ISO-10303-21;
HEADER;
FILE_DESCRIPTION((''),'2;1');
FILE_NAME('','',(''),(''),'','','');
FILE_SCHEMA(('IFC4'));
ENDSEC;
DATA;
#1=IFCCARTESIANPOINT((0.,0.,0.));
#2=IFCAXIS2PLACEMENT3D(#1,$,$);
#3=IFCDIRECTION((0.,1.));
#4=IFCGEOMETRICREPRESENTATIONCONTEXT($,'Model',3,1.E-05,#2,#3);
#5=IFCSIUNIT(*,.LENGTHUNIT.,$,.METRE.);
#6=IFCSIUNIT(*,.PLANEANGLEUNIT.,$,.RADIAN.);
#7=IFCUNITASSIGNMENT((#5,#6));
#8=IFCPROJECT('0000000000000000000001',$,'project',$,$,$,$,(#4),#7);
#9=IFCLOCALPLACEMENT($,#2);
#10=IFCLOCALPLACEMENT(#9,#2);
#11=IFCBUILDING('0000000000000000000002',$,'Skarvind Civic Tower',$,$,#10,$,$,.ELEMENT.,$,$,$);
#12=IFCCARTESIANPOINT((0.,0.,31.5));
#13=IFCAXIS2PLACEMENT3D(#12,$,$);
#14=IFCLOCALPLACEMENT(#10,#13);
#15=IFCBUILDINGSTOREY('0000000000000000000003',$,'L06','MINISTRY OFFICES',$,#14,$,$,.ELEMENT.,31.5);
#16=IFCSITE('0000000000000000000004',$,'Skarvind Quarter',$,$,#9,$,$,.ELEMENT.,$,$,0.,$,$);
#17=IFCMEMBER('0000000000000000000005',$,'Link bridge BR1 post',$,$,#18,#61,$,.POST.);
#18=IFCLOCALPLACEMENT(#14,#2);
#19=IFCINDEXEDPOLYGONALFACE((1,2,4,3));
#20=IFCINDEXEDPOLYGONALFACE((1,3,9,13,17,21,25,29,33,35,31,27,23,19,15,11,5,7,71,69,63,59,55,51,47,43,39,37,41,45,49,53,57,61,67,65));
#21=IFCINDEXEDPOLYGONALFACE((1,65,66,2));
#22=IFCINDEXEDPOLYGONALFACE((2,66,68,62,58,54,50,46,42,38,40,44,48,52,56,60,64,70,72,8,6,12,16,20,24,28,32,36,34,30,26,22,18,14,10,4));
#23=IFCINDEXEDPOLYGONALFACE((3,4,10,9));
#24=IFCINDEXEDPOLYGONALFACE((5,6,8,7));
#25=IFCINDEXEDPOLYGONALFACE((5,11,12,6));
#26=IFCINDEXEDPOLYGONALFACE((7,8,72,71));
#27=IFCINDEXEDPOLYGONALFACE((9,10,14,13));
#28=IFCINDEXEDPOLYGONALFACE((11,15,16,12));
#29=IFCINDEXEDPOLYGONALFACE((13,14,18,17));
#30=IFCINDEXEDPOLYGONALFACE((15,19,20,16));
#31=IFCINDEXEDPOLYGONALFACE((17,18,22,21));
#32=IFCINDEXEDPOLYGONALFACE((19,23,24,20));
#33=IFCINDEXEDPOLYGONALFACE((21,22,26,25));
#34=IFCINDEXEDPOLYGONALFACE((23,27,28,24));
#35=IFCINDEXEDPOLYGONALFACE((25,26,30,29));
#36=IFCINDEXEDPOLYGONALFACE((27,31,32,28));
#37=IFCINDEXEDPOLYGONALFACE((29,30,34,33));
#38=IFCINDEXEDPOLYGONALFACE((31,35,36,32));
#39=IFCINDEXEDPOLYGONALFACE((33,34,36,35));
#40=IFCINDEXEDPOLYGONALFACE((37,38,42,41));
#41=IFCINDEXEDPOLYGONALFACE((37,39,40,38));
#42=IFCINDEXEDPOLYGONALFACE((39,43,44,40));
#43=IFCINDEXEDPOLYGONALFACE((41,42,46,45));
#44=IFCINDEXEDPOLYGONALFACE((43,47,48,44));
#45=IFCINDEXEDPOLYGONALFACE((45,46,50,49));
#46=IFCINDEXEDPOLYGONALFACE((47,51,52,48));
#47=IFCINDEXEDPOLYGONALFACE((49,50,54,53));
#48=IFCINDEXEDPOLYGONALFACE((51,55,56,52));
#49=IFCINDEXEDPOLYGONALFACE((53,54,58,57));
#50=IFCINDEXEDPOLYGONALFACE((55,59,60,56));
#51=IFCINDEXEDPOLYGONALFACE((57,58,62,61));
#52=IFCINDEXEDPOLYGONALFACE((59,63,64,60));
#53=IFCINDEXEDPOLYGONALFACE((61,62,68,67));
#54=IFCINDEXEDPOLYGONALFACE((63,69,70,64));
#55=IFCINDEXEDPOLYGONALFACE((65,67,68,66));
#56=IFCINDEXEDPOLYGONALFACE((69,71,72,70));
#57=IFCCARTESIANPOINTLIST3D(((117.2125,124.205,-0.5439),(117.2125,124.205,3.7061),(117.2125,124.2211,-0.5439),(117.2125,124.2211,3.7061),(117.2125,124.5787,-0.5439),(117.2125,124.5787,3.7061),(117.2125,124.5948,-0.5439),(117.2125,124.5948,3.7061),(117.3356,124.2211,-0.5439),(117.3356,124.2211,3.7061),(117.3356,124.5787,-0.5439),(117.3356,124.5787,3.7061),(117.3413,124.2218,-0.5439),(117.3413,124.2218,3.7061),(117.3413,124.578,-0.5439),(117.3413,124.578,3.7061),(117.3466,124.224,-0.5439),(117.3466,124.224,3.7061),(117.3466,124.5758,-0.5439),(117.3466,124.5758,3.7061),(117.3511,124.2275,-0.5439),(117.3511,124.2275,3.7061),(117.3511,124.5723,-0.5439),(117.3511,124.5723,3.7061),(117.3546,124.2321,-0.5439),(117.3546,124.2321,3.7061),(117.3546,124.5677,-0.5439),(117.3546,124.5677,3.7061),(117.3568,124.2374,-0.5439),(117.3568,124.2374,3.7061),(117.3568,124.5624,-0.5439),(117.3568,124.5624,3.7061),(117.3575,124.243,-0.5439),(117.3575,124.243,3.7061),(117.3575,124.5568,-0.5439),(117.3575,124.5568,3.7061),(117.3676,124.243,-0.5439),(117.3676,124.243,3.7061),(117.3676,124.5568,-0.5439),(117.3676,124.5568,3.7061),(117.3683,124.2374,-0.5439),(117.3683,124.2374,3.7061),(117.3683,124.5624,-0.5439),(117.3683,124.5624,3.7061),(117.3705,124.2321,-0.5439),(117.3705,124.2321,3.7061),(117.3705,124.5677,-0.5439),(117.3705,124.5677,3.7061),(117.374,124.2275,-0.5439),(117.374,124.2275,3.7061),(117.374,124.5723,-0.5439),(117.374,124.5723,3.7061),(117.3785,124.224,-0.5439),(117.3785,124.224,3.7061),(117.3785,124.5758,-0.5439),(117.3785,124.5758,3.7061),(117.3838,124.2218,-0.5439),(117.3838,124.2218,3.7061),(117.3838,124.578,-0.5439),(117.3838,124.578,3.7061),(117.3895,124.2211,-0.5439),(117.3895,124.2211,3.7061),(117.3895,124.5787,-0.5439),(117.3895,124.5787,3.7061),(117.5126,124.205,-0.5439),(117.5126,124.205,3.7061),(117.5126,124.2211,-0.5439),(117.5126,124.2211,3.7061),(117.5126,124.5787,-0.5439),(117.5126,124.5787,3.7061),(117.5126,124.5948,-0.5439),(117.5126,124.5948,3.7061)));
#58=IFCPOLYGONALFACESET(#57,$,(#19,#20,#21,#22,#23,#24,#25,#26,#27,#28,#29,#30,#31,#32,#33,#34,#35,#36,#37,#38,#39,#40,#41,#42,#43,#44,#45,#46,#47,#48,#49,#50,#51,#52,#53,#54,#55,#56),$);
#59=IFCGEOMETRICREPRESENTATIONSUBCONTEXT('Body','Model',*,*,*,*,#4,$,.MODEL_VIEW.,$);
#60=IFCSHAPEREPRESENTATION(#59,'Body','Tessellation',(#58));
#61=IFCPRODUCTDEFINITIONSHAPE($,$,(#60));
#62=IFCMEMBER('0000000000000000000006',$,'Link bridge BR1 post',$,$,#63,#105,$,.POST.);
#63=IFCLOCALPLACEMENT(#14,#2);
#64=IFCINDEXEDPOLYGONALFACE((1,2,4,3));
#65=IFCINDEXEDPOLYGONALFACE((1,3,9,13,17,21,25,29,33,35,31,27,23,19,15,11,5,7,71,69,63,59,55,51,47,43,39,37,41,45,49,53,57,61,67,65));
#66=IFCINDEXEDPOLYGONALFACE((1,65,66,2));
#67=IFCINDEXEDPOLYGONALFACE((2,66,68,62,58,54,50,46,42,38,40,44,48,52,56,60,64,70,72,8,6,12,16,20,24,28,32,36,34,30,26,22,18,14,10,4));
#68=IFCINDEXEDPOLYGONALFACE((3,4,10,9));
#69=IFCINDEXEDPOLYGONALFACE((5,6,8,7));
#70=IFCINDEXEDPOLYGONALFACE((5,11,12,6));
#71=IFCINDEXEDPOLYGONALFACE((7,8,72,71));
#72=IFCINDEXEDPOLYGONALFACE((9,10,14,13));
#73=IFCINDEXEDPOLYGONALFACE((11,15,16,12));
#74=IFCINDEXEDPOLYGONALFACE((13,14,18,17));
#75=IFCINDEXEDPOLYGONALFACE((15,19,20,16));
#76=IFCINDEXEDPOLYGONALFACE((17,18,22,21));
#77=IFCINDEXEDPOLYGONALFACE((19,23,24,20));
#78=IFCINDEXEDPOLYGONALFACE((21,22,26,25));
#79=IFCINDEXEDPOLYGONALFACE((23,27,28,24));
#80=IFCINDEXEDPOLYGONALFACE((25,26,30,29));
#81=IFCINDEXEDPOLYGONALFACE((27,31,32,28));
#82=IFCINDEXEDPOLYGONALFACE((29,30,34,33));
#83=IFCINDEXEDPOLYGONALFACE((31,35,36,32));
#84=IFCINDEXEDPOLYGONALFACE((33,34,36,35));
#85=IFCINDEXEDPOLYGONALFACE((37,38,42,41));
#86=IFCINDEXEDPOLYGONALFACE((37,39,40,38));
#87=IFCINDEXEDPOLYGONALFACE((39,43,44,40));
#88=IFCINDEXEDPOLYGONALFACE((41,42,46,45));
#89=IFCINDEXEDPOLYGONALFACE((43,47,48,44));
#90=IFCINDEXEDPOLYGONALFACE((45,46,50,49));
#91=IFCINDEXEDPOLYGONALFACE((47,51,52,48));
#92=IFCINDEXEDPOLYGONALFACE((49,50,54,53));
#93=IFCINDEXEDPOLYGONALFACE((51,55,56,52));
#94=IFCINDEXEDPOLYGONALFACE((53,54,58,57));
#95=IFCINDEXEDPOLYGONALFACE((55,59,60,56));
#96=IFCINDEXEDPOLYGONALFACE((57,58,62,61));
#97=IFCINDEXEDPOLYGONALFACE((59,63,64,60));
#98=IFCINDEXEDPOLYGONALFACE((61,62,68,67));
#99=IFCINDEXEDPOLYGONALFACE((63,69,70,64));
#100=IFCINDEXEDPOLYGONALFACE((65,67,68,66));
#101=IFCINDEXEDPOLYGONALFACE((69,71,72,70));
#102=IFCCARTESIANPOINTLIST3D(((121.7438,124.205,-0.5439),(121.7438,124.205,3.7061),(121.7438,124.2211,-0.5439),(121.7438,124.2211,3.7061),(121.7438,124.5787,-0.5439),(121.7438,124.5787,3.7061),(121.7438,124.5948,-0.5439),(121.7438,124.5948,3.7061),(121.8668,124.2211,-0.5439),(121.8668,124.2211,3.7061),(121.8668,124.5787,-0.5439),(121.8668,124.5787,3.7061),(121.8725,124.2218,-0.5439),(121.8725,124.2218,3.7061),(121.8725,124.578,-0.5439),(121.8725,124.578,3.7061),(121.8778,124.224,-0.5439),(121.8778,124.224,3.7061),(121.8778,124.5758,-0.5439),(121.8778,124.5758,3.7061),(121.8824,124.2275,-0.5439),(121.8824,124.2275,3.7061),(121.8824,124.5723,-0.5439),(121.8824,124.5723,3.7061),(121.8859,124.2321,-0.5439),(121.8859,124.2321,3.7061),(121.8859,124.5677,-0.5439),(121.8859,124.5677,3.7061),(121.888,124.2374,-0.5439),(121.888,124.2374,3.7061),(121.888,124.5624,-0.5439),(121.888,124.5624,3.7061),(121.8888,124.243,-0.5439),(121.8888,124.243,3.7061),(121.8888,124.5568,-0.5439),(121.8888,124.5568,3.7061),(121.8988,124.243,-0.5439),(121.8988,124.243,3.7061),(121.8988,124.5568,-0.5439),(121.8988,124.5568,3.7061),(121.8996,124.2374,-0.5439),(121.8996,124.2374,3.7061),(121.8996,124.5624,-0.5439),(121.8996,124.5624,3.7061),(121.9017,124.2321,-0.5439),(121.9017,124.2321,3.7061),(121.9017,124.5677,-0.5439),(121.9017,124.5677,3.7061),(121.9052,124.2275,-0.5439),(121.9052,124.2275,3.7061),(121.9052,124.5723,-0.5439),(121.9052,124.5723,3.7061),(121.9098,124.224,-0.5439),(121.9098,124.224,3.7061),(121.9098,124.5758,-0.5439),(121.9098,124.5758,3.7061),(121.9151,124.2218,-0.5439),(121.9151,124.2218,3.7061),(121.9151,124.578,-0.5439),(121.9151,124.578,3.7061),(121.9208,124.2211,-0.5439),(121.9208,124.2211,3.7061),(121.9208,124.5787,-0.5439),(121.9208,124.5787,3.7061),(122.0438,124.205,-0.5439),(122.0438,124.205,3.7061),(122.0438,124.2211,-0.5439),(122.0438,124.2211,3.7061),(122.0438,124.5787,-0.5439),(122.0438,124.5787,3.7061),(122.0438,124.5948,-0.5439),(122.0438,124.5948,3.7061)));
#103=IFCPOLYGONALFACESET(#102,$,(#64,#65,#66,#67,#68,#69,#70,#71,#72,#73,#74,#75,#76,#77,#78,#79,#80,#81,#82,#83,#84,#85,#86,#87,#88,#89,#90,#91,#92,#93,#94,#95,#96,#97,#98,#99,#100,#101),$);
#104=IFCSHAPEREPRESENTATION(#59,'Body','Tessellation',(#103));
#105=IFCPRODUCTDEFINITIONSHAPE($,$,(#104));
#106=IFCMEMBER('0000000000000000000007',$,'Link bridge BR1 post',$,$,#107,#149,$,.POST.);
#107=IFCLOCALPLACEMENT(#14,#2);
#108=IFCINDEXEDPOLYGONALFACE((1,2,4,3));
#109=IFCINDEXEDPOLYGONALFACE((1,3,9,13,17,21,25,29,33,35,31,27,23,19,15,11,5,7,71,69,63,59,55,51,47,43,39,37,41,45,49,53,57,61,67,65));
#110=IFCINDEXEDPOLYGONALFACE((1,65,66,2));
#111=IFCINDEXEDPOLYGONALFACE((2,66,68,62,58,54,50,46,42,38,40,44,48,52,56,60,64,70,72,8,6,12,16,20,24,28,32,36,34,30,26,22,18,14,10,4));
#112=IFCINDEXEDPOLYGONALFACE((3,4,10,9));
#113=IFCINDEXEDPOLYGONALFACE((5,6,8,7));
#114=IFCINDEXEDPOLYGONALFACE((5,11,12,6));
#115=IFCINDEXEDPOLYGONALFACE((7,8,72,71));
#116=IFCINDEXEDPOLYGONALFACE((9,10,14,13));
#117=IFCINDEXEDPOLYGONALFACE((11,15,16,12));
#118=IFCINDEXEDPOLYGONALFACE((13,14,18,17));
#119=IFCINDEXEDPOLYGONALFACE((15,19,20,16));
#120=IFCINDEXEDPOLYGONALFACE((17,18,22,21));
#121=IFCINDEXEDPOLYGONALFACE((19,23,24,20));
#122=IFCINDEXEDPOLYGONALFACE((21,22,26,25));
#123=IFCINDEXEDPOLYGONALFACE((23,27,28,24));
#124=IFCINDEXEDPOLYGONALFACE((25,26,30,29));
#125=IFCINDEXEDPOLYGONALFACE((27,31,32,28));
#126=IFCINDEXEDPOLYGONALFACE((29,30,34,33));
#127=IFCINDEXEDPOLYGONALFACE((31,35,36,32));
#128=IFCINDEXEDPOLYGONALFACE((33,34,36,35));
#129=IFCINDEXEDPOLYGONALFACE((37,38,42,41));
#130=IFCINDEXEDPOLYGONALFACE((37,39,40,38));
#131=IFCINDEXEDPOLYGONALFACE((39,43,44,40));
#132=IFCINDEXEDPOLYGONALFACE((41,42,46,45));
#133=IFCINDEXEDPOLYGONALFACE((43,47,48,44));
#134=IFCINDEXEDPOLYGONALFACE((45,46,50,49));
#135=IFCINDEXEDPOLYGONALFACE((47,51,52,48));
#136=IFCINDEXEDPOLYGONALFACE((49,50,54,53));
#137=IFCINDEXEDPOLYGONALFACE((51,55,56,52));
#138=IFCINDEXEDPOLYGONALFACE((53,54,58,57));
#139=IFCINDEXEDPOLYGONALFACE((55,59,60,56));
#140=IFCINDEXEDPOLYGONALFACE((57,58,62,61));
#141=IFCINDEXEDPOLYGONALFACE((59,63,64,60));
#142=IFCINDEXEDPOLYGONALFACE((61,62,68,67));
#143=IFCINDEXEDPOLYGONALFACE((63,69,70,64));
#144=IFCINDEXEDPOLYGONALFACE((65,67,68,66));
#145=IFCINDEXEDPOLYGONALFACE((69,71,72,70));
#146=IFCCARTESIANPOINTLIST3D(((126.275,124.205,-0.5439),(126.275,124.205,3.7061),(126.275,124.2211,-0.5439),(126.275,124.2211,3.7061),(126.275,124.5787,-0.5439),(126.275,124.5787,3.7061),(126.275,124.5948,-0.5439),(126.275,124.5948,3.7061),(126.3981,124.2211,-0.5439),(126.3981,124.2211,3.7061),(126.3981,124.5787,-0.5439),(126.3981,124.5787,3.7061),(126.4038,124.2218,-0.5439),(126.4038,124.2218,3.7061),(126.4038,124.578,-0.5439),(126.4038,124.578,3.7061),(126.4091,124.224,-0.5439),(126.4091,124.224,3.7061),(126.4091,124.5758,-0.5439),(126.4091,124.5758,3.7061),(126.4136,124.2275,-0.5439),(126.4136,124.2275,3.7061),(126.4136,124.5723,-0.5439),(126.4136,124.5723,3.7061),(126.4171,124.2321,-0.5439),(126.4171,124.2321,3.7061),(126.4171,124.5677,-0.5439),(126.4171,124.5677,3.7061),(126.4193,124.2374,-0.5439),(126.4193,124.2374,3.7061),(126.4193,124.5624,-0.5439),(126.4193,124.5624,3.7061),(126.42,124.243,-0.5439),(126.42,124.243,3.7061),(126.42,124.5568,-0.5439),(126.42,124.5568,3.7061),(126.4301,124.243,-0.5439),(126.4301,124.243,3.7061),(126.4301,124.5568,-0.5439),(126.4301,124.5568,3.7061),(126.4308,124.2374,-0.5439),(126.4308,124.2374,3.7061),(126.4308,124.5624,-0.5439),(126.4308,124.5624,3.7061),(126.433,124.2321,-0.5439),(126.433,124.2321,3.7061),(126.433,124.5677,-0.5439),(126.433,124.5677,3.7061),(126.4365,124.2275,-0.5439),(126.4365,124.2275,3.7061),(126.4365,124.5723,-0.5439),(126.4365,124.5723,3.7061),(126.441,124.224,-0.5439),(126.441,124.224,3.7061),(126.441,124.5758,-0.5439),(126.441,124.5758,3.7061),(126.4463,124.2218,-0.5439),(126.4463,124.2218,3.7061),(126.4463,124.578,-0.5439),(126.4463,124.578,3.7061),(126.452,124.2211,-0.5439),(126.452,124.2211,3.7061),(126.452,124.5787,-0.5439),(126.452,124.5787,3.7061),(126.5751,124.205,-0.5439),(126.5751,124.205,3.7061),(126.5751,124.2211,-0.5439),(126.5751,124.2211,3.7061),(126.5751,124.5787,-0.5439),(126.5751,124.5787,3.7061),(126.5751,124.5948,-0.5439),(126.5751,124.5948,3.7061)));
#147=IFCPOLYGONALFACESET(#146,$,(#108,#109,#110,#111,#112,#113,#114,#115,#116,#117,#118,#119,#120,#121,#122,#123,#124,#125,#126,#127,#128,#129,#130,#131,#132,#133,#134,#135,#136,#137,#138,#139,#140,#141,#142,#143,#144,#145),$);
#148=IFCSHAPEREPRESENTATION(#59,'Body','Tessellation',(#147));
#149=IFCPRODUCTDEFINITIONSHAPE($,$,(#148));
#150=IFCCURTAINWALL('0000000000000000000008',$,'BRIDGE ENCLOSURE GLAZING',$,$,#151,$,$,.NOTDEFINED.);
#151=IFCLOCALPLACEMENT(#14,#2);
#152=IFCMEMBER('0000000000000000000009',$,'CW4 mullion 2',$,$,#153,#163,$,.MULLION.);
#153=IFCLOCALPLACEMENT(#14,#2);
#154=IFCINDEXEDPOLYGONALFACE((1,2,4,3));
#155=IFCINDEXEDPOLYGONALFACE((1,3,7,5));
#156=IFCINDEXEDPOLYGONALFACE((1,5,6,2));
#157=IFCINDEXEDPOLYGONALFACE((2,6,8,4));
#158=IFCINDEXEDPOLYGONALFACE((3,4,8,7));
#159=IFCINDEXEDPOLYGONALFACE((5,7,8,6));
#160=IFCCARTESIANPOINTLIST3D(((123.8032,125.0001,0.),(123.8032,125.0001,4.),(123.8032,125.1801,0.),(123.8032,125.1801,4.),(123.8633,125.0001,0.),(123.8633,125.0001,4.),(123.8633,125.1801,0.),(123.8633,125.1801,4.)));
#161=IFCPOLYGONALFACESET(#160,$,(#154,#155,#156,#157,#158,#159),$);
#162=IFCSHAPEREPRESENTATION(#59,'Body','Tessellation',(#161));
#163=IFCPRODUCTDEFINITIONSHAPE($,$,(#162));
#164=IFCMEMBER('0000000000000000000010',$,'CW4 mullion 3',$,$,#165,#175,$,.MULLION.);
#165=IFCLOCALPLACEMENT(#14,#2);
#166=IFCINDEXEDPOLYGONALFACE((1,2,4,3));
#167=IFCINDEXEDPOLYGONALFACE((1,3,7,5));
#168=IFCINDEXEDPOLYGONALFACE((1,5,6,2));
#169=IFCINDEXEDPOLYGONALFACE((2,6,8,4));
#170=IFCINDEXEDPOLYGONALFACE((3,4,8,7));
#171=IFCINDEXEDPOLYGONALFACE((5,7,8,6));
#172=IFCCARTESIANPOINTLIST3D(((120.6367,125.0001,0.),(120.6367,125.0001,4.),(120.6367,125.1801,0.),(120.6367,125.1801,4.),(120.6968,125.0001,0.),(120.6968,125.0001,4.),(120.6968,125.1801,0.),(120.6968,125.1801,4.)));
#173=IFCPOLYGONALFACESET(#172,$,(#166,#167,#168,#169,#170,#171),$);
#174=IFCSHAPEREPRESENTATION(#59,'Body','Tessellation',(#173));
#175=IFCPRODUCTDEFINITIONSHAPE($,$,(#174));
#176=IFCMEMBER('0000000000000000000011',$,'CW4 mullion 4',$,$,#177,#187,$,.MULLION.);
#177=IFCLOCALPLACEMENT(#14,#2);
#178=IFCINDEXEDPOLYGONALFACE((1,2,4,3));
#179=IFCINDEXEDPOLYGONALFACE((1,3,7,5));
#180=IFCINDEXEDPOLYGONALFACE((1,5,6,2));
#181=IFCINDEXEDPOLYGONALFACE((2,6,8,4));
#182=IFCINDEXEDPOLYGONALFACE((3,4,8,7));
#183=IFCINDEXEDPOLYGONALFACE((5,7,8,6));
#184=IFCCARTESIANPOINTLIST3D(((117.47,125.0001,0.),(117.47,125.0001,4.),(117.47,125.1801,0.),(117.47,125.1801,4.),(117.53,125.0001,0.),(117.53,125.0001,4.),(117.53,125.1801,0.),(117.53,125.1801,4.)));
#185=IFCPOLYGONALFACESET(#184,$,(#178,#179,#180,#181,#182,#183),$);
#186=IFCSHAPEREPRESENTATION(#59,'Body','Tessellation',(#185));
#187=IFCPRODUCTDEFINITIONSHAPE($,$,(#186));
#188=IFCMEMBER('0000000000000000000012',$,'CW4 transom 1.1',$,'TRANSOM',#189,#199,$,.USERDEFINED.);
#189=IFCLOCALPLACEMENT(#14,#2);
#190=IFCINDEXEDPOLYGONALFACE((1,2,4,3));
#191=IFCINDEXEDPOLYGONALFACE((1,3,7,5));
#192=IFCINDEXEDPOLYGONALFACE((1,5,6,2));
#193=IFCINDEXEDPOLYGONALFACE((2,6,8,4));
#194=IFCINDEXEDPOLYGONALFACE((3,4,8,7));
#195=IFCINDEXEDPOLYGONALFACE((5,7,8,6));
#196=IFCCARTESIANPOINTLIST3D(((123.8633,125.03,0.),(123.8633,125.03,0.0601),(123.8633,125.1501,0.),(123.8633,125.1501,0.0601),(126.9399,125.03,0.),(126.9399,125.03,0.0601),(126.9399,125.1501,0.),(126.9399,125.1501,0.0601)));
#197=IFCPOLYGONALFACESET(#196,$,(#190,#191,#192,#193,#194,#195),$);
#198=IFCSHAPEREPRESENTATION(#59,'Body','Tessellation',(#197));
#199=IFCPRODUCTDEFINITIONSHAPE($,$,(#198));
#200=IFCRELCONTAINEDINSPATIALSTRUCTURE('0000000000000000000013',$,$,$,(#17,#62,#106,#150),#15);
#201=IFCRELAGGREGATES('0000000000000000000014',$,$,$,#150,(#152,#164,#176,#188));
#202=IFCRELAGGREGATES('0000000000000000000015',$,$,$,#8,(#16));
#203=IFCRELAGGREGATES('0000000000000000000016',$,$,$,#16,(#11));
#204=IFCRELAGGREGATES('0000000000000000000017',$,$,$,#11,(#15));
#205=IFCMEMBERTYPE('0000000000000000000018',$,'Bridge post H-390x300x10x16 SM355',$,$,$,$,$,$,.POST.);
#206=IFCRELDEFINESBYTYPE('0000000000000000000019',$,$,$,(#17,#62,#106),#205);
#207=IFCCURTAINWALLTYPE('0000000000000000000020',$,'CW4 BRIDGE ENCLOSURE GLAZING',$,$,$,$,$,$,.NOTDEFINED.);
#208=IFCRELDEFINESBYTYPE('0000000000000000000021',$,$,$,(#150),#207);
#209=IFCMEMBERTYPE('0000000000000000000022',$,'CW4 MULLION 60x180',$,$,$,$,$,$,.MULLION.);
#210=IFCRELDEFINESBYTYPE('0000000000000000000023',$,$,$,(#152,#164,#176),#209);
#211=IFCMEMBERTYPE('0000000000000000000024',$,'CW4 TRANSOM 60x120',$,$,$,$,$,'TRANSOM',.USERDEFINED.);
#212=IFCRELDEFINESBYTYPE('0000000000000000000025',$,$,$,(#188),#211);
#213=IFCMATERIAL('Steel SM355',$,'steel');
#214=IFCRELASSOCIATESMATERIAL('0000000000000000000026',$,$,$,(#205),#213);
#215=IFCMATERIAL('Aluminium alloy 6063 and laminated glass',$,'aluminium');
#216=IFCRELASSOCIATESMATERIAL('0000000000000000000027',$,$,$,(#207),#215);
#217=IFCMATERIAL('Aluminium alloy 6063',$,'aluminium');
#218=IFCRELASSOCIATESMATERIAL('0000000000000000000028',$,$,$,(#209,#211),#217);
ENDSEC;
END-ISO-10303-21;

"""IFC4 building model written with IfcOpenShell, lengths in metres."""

from ifc_helpers import new_model, si_unit, direction, frame, origin, origin_2d, place, context, subcontext, project, spatial, rectangle, i_section, extrude, material, material_profile, profile_set, type_object, element, aggregate, save


model = new_model("IFC4")

# Units and contexts
model_context = context("Model", 3, precision=1e-05, world=origin(), true_north=direction((0.0, 1.0)))
body_context = subcontext(model_context, "Body", "Model", "MODEL_VIEW")
ifc_project = project(units=[si_unit("LENGTHUNIT", "METRE"), si_unit("PLANEANGLEUNIT", "RADIAN")], contexts=[model_context])

# Site, building, storey
site_placement = place(None, origin())
site = spatial("IfcSite", under=ifc_project, at=site_placement, Name="Skarvind Quarter", CompositionType="ELEMENT", RefElevation=0.0)
building_placement = place(site_placement, origin())
building = spatial("IfcBuilding", under=site, at=building_placement, Name="Skarvind Civic Tower", CompositionType="ELEMENT")
storey_placement = place(building_placement, frame((0.0, 0.0, 31.5)))
storey = spatial("IfcBuildingStorey", under=building, at=storey_placement, Name="L06", Description="MINISTRY OFFICES", CompositionType="ELEMENT", Elevation=31.5)

# Members
ifc_material_1 = material(Name="Steel SM355", Category="steel")
ifc_material_profile_1 = material_profile(ifc_material_1, i_section(OverallWidth=0.3, OverallDepth=0.3899, WebThickness=0.01, FlangeThickness=0.0161, FilletRadius=0.022, at=origin_2d()), Name="H-390x300x10x16")
ifc_profile_set_1 = profile_set([ifc_material_profile_1], Name="Steel SM355")
member_type_1 = type_object("IfcMemberType", Name="Bridge post H-390x300x10x16 SM355", PredefinedType="POST", material=ifc_profile_set_1)
for number, where, z_axis, x_axis, name in (
    (1, (117.3625, 124.3999, -0.5439), (0.0, 0.0, 1.0), (1.0, 0.0, 0.0), "Link bridge BR1 post"),
    (2, (121.8938, 124.3999, -0.5439), (0.0, 0.0, 1.0), (1.0, 0.0, 0.0), "Link bridge BR1 post"),
    (3, (126.425, 124.3999, -0.5439), (0.0, 0.0, 1.0), (1.0, 0.0, 0.0), "Link bridge BR1 post"),
):
    element("IfcMember", number, at=place(storey_placement, frame(where, z_axis=z_axis, x_axis=x_axis)), inside=storey, type_object=member_type_1, Name=name, PredefinedType="POST", context=body_context, shape_type="SweptSolid", body=[
        extrude(i_section(OverallWidth=0.3, OverallDepth=0.3899, WebThickness=0.01, FlangeThickness=0.0161, FilletRadius=0.022, at=origin_2d()), origin(), (0.0, 0.0, 1.0), 4.25),
    ])

# Curtain wall, members
ifc_material_2 = material(Name="Aluminium alloy 6063 and laminated glass", Category="aluminium")
curtain_wall_type = type_object("IfcCurtainWallType", Name="CW4 BRIDGE ENCLOSURE GLAZING", PredefinedType="NOTDEFINED", material=ifc_material_2)
curtain_wall_placement = place(storey_placement, origin())
curtain_wall = element("IfcCurtainWall", 4, at=curtain_wall_placement, inside=storey, type_object=curtain_wall_type, Name="BRIDGE ENCLOSURE GLAZING", PredefinedType="NOTDEFINED")
ifc_material_3 = material(Name="Aluminium alloy 6063", Category="aluminium")
ifc_material_profile_2 = material_profile(ifc_material_3, rectangle(XDim=0.1799, YDim=0.0601, at=origin_2d()), Name="AL 60x180")
ifc_profile_set_2 = profile_set([ifc_material_profile_2], Name="Aluminium alloy 6063")
member_type_2 = type_object("IfcMemberType", Name="CW4 MULLION 60x180", PredefinedType="MULLION", material=ifc_profile_set_2)
member_1_placement = place(storey_placement, frame((123.8333, 125.0901, 0.0), z_axis=(0.0, 0.0, 1.0), x_axis=(0.0, -1.0, 0.0)))
member_1 = element("IfcMember", 5, at=member_1_placement, type_object=member_type_2, Name="CW4 mullion 2", PredefinedType="MULLION", context=body_context, shape_type="SweptSolid", body=[
    extrude(rectangle(XDim=0.1799, YDim=0.0601, at=origin_2d()), origin(), (0.0, 0.0, 1.0), 4.0),
])
member_2_placement = place(storey_placement, frame((120.6667, 125.0901, 0.0), z_axis=(0.0, 0.0, 1.0), x_axis=(0.0, -1.0, 0.0)))
member_2 = element("IfcMember", 6, at=member_2_placement, type_object=member_type_2, Name="CW4 mullion 3", PredefinedType="MULLION", context=body_context, shape_type="SweptSolid", body=[
    extrude(rectangle(XDim=0.1799, YDim=0.0601, at=origin_2d()), origin(), (0.0, 0.0, 1.0), 4.0),
])
member_3_placement = place(storey_placement, frame((117.5, 125.0901, 0.0), z_axis=(0.0, 0.0, 1.0), x_axis=(0.0, -1.0, 0.0)))
member_3 = element("IfcMember", 7, at=member_3_placement, type_object=member_type_2, Name="CW4 mullion 4", PredefinedType="MULLION", context=body_context, shape_type="SweptSolid", body=[
    extrude(rectangle(XDim=0.1799, YDim=0.0601, at=origin_2d()), origin(), (0.0, 0.0, 1.0), 4.0),
])
ifc_material_profile_3 = material_profile(ifc_material_3, rectangle(XDim=0.1201, YDim=0.0601, at=origin_2d()), Name="AL 60x120")
ifc_profile_set_3 = profile_set([ifc_material_profile_3], Name="Aluminium alloy 6063")
member_type_3 = type_object("IfcMemberType", Name="CW4 TRANSOM 60x120", ElementType="TRANSOM", PredefinedType="USERDEFINED", material=ifc_profile_set_3)
member_4_placement = place(storey_placement, frame((126.9399, 125.0901, 0.03), z_axis=(-1.0, 0.0, 0.0), x_axis=(0.0, -1.0, 0.0)))
member_4 = element("IfcMember", 8, at=member_4_placement, type_object=member_type_3, Name="CW4 transom 1.1", ObjectType="TRANSOM", PredefinedType="USERDEFINED", context=body_context, shape_type="SweptSolid", body=[
    extrude(rectangle(XDim=0.1201, YDim=0.0601, at=origin_2d()), origin(), (0.0, 0.0, 1.0), 3.0767),
])
aggregate(curtain_wall, [member_1, member_2, member_3, member_4])

save(model, "model.ifc")
